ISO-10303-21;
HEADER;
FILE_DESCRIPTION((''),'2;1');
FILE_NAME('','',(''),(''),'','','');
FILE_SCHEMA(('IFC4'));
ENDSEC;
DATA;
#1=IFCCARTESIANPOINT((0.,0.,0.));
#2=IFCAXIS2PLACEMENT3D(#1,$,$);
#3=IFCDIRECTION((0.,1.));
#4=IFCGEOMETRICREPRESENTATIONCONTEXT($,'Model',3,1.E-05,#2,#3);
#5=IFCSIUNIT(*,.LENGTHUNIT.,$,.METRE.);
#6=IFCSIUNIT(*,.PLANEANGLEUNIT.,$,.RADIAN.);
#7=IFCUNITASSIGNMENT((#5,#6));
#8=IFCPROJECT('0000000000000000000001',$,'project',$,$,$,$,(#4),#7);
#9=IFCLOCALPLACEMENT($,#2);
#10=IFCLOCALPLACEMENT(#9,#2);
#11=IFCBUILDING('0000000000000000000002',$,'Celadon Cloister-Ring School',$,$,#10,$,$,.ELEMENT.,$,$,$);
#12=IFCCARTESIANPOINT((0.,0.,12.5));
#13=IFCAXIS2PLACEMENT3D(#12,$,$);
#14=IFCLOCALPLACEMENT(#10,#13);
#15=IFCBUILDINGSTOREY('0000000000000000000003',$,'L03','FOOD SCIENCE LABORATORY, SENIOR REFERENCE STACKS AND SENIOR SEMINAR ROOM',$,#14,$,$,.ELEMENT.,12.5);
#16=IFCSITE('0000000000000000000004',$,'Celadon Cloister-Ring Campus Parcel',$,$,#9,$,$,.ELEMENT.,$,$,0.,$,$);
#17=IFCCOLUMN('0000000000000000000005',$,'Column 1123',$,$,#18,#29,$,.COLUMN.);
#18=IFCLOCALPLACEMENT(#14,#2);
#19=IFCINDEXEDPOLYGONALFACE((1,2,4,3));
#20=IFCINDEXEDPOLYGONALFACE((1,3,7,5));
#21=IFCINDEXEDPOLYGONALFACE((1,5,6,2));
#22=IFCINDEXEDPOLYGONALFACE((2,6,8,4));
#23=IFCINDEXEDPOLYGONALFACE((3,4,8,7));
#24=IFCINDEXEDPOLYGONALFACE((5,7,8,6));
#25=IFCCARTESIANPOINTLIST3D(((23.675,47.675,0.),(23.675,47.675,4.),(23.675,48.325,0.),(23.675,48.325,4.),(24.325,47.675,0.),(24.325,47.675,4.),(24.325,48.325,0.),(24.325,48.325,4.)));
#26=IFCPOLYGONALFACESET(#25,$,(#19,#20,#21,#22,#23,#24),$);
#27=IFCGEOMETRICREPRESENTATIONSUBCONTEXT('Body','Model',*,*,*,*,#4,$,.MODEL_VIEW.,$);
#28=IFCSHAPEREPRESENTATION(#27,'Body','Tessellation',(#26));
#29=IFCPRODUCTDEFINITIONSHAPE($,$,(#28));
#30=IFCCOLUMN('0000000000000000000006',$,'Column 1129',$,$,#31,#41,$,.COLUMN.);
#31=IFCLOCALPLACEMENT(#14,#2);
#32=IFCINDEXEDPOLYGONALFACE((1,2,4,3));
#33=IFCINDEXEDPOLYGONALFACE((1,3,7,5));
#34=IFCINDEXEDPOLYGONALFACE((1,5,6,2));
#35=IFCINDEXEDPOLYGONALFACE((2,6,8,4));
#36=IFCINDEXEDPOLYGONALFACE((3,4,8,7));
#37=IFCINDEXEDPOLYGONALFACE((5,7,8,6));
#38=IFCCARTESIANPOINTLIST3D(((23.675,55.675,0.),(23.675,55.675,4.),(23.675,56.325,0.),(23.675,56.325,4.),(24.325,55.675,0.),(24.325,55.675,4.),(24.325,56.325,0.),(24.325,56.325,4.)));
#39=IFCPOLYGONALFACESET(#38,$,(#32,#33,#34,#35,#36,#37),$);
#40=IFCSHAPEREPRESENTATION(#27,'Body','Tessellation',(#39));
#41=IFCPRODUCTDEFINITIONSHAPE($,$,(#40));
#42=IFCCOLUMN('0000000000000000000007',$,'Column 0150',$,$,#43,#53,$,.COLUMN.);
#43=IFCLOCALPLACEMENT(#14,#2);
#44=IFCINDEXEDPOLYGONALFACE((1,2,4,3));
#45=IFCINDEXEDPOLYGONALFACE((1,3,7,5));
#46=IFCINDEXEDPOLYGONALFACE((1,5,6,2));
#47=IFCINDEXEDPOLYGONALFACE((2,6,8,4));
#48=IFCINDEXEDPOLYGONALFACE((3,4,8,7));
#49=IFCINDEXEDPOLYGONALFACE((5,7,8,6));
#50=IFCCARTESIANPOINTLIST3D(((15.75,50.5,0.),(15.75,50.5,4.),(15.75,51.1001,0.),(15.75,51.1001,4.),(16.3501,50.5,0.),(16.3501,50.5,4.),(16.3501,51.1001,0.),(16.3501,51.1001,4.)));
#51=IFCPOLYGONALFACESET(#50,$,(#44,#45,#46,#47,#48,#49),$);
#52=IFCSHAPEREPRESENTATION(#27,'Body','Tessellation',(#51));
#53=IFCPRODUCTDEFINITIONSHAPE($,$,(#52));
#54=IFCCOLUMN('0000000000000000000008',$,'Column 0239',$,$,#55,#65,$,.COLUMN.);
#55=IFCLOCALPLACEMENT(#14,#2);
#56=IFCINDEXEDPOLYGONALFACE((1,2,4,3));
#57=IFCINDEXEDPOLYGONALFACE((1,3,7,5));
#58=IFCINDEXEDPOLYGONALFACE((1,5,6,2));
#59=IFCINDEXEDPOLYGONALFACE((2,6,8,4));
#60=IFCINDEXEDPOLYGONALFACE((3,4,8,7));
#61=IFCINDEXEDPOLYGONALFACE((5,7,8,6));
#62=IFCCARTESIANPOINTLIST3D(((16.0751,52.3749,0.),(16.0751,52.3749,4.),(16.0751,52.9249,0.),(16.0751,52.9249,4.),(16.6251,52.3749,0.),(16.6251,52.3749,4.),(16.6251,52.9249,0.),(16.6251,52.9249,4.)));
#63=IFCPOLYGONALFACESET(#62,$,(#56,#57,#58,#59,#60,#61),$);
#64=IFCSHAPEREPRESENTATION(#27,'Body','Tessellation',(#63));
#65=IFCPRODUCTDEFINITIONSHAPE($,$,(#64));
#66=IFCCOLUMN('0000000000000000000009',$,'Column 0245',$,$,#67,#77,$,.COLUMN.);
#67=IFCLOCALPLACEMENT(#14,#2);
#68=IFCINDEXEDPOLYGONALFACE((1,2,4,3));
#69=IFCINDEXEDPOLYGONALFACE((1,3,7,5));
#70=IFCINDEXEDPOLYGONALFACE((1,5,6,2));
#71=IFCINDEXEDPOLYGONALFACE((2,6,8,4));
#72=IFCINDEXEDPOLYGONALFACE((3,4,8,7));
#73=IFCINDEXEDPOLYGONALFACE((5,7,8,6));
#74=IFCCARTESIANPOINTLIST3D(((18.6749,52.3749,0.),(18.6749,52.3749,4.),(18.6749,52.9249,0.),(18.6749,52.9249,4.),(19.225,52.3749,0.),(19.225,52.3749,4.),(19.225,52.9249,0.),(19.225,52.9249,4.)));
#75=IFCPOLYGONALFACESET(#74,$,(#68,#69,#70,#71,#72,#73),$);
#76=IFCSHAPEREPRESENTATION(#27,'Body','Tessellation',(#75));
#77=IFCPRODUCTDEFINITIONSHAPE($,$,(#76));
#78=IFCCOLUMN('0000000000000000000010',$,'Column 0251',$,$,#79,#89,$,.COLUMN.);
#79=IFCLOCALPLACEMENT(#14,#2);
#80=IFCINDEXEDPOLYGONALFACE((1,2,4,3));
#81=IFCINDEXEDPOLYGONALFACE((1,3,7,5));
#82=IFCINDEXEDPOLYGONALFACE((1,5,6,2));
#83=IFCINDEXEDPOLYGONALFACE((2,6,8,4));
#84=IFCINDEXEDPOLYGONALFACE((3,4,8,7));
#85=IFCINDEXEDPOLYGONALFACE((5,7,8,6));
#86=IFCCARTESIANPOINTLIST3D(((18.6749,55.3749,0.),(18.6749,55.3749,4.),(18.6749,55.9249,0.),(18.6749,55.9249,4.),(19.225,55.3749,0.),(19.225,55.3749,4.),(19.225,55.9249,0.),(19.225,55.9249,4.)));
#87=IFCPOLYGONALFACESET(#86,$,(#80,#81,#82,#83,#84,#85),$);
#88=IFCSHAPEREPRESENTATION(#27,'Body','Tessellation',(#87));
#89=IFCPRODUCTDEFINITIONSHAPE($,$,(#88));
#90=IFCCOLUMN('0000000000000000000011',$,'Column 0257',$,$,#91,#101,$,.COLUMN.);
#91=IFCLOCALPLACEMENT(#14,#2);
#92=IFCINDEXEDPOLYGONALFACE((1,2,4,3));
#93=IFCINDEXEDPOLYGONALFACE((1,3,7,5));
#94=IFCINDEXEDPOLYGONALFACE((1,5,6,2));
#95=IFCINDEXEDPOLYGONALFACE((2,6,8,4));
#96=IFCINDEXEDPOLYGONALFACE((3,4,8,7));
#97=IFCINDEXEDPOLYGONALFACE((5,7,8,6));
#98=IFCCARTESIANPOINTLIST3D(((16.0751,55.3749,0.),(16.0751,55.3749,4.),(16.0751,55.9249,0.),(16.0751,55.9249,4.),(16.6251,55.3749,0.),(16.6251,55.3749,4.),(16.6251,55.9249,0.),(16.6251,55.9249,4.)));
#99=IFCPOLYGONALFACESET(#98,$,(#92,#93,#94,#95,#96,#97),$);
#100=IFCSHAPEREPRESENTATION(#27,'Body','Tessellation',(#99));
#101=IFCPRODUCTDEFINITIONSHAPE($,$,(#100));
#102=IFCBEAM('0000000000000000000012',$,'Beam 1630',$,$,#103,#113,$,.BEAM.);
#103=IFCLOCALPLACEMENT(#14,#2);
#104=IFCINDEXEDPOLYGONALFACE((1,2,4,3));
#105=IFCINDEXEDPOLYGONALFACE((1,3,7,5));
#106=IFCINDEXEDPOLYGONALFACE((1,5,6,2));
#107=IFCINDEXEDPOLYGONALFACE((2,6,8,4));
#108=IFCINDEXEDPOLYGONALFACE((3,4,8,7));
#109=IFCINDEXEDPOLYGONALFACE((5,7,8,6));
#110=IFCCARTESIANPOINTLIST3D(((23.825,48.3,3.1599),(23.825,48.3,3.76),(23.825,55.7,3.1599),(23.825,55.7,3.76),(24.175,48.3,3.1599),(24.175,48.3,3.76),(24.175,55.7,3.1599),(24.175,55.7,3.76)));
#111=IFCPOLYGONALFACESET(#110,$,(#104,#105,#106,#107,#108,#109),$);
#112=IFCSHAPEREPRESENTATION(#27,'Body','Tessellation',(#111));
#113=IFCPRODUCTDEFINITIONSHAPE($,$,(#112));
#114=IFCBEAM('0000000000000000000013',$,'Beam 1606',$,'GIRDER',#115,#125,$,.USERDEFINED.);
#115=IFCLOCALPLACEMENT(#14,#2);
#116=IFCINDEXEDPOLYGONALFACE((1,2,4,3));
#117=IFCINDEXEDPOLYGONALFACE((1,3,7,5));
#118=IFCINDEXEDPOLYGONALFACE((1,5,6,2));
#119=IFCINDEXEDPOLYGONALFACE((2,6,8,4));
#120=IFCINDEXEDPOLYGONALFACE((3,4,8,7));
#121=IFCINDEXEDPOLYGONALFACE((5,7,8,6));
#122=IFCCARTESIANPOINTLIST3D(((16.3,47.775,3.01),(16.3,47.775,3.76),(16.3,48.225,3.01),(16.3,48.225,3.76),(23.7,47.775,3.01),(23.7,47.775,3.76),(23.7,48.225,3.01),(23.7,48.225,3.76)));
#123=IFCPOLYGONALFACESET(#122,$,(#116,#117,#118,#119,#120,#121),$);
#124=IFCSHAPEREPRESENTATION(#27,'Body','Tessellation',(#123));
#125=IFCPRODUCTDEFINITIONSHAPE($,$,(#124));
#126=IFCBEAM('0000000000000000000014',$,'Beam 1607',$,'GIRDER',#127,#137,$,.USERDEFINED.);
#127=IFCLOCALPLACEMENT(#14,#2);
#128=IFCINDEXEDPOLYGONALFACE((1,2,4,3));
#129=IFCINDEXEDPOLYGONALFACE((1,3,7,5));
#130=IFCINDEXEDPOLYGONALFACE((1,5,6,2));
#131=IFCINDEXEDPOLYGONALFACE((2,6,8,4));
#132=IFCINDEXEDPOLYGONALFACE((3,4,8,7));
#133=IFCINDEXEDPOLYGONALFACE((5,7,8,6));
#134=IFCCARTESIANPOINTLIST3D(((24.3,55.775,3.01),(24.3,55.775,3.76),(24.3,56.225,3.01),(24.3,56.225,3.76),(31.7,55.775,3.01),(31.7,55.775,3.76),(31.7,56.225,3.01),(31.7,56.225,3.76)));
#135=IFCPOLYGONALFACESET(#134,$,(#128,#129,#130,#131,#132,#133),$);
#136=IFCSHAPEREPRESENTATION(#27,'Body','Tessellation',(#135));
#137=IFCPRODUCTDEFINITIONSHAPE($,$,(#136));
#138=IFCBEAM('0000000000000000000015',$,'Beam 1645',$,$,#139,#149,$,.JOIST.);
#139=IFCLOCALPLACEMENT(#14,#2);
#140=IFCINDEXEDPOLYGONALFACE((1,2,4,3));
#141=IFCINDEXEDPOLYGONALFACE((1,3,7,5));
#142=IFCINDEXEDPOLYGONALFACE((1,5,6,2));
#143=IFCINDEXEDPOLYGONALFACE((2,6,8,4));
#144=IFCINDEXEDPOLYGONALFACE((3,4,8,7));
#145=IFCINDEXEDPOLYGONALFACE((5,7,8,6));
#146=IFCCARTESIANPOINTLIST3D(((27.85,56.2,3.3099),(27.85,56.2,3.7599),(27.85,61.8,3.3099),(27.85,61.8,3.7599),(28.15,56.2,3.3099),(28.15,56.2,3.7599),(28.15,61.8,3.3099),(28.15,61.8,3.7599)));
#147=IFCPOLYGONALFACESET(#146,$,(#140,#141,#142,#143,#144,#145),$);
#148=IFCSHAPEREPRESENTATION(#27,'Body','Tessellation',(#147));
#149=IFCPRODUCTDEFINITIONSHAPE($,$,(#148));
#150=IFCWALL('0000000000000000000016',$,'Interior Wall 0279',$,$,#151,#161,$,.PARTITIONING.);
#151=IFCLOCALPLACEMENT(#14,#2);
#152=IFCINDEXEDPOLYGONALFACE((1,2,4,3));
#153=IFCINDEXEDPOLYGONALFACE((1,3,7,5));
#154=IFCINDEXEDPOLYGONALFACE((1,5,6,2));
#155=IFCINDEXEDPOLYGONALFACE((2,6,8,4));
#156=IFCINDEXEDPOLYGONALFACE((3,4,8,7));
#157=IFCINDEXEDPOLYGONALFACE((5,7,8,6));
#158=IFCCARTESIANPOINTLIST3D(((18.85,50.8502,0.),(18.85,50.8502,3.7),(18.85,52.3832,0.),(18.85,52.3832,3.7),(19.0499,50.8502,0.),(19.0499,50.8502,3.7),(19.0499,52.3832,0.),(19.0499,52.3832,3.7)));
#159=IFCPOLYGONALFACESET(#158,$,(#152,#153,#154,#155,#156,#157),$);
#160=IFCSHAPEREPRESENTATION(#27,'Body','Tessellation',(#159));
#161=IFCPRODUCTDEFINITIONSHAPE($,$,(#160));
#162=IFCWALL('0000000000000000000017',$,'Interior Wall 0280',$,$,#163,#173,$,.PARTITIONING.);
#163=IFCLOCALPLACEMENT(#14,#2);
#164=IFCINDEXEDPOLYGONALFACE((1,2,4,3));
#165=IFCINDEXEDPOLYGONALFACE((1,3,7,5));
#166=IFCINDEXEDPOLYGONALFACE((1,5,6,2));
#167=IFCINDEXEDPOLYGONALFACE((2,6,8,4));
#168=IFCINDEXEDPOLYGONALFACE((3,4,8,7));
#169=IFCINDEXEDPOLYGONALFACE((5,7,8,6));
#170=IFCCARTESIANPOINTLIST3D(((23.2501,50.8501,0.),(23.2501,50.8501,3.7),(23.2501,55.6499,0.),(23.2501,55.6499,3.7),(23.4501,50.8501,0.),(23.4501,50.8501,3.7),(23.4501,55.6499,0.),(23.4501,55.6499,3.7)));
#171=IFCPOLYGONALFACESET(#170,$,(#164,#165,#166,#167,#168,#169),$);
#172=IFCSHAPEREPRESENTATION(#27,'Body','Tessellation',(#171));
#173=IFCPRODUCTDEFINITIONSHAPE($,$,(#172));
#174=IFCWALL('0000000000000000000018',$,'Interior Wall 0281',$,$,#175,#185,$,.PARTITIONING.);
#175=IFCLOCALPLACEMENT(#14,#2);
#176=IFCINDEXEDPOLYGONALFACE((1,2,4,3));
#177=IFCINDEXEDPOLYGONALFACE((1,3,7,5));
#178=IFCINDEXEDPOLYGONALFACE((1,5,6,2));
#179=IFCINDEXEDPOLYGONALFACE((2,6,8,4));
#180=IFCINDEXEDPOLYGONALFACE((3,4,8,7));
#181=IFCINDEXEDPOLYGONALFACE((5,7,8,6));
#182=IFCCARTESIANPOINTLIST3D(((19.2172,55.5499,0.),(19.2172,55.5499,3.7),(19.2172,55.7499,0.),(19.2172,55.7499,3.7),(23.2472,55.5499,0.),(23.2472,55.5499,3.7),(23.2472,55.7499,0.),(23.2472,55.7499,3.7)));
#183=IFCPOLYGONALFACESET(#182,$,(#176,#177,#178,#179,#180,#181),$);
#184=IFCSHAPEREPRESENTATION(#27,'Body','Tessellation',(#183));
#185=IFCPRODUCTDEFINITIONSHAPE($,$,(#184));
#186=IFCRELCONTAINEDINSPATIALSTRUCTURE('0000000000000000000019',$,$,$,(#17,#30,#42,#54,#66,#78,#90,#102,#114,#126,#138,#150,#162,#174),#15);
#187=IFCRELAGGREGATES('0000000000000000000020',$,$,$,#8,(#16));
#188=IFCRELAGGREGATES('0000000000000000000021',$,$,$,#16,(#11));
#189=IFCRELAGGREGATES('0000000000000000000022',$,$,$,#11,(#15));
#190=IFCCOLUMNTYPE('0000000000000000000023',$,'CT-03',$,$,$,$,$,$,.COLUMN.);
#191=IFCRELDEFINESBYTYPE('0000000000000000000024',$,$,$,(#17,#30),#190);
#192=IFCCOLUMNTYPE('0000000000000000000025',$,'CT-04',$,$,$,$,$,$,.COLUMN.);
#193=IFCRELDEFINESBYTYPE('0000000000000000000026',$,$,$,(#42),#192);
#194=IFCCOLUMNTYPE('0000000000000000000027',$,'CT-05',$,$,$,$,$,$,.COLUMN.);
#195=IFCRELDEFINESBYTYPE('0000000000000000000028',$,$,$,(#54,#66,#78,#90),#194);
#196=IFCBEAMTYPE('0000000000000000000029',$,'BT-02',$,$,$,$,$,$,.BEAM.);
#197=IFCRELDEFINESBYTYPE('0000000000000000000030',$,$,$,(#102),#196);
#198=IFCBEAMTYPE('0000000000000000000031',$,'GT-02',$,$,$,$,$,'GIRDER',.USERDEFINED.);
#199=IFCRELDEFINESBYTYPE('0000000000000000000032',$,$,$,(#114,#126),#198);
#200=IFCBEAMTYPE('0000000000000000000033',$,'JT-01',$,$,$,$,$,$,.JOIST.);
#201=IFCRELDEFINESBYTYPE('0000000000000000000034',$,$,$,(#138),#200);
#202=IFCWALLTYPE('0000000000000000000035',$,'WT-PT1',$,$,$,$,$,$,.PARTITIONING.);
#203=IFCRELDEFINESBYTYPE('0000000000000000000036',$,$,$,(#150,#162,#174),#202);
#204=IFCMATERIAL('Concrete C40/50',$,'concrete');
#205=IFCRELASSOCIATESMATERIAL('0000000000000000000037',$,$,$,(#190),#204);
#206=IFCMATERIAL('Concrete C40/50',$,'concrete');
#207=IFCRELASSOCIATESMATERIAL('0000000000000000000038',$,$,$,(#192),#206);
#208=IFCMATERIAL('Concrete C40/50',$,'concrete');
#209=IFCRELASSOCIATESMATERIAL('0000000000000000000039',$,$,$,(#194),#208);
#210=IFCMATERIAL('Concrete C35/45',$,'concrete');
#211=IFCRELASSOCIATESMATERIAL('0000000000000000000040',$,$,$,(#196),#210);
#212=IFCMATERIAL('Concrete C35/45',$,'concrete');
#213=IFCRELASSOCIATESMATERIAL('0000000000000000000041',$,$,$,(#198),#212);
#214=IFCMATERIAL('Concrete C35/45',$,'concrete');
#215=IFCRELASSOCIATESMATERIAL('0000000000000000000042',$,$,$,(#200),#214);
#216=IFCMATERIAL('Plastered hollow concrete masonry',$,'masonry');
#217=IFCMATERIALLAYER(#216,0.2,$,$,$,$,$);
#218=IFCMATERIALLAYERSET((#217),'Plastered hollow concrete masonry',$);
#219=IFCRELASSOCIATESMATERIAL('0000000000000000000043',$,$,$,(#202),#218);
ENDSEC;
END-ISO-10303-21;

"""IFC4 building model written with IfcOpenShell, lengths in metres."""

from ifc_helpers import new_model, si_unit, direction, frame, frame_2d, origin, origin_2d, place, context, subcontext, project, spatial, rectangle, extrude, material, layer, layer_set, material_profile, profile_set, type_object, element, save


model = new_model("IFC4")

# Units and contexts
model_context = context("Model", 3, precision=1e-05, world=origin(), true_north=direction((0.0, 1.0)))
body_context = subcontext(model_context, "Body", "Model", "MODEL_VIEW")
ifc_project = project(units=[si_unit("LENGTHUNIT", "METRE"), si_unit("PLANEANGLEUNIT", "RADIAN")], contexts=[model_context])

# Site, building, storey
site_placement = place(None, origin())
site = spatial("IfcSite", under=ifc_project, at=site_placement, Name="Celadon Cloister-Ring Campus Parcel", CompositionType="ELEMENT", RefElevation=0.0)
building_placement = place(site_placement, origin())
building = spatial("IfcBuilding", under=site, at=building_placement, Name="Celadon Cloister-Ring School", CompositionType="ELEMENT")
storey_placement = place(building_placement, frame((0.0, 0.0, 12.5)))
storey = spatial("IfcBuildingStorey", under=building, at=storey_placement, Name="L03", Description="FOOD SCIENCE LABORATORY, SENIOR REFERENCE STACKS AND SENIOR SEMINAR ROOM", CompositionType="ELEMENT", Elevation=12.5)

# Columns
ifc_material_1 = material(Name="Concrete C40/50", Category="concrete")
ifc_material_profile_1 = material_profile(ifc_material_1, rectangle(XDim=0.6499, YDim=0.6499, at=origin_2d()), Name="RC650X650")
ifc_profile_set_1 = profile_set([ifc_material_profile_1], Name="Concrete C40/50")
column_type_1 = type_object("IfcColumnType", Name="CT-03", PredefinedType="COLUMN", material=ifc_profile_set_1)
for number, where, z_axis, x_axis, name in (
    (1, (24.0, 48.0, 0.0), (0.0, 0.0, 1.0), (1.0, 0.0, 0.0), "Column 1123"),
    (2, (24.0, 56.0, 0.0), (0.0, 0.0, 1.0), (1.0, 0.0, 0.0), "Column 1129"),
):
    element("IfcColumn", number, at=place(storey_placement, frame(where, z_axis=z_axis, x_axis=x_axis)), inside=storey, type_object=column_type_1, Name=name, PredefinedType="COLUMN", context=body_context, shape_type="SweptSolid", body=[
        extrude(rectangle(XDim=0.6499, YDim=0.6499, at=origin_2d()), origin(), (0.0, 0.0, 1.0), 4.0),
    ])
ifc_material_2 = material(Name="Concrete C40/50", Category="concrete")
ifc_material_profile_2 = material_profile(ifc_material_2, rectangle(XDim=0.6001, YDim=0.6001, at=origin_2d()), Name="RC600X600")
ifc_profile_set_2 = profile_set([ifc_material_profile_2], Name="Concrete C40/50")
column_type_2 = type_object("IfcColumnType", Name="CT-04", PredefinedType="COLUMN", material=ifc_profile_set_2)
column_placement = place(storey_placement, frame((16.05, 50.8, 0.0), z_axis=(0.0, 0.0, 1.0), x_axis=(1.0, 0.0, 0.0)))
element("IfcColumn", 3, at=column_placement, inside=storey, type_object=column_type_2, Name="Column 0150", PredefinedType="COLUMN", context=body_context, shape_type="SweptSolid", body=[
    extrude(rectangle(XDim=0.6001, YDim=0.6001, at=origin_2d()), origin(), (0.0, 0.0, 1.0), 4.0),
])
ifc_material_3 = material(Name="Concrete C40/50", Category="concrete")
ifc_material_profile_3 = material_profile(ifc_material_3, rectangle(XDim=0.55, YDim=0.55, at=origin_2d()), Name="RC550X550")
ifc_profile_set_3 = profile_set([ifc_material_profile_3], Name="Concrete C40/50")
column_type_3 = type_object("IfcColumnType", Name="CT-05", PredefinedType="COLUMN", material=ifc_profile_set_3)
for number, where, z_axis, x_axis, name in (
    (4, (16.3501, 52.6499, 0.0), (0.0, 0.0, 1.0), (1.0, 0.0, 0.0), "Column 0239"),
    (5, (18.95, 52.6499, 0.0), (0.0, 0.0, 1.0), (1.0, 0.0, 0.0), "Column 0245"),
    (6, (18.95, 55.6499, 0.0), (0.0, 0.0, 1.0), (1.0, 0.0, 0.0), "Column 0251"),
    (7, (16.3501, 55.6499, 0.0), (0.0, 0.0, 1.0), (1.0, 0.0, 0.0), "Column 0257"),
):
    element("IfcColumn", number, at=place(storey_placement, frame(where, z_axis=z_axis, x_axis=x_axis)), inside=storey, type_object=column_type_3, Name=name, PredefinedType="COLUMN", context=body_context, shape_type="SweptSolid", body=[
        extrude(rectangle(XDim=0.55, YDim=0.55, at=origin_2d()), origin(), (0.0, 0.0, 1.0), 4.0),
    ])

# Beams
ifc_material_4 = material(Name="Concrete C35/45", Category="concrete")
ifc_material_profile_4 = material_profile(ifc_material_4, rectangle(XDim=0.3501, YDim=0.6001, at=origin_2d()), Name="RC350X600")
ifc_profile_set_4 = profile_set([ifc_material_profile_4], Name="Concrete C35/45")
beam_type_1 = type_object("IfcBeamType", Name="BT-02", PredefinedType="BEAM", material=ifc_profile_set_4)
beam_1_placement = place(storey_placement, frame((24.0, 48.3, 3.46), z_axis=(0.0, 1.0, 0.0), x_axis=(-1.0, 0.0, 0.0)))
element("IfcBeam", 8, at=beam_1_placement, inside=storey, type_object=beam_type_1, Name="Beam 1630", PredefinedType="BEAM", context=body_context, shape_type="SweptSolid", body=[
    extrude(rectangle(XDim=0.3501, YDim=0.6001, at=origin_2d()), origin(), (0.0, 0.0, 1.0), 7.3999),
])
ifc_material_5 = material(Name="Concrete C35/45", Category="concrete")
ifc_material_profile_5 = material_profile(ifc_material_5, rectangle(XDim=0.45, YDim=0.75, at=origin_2d()), Name="RC450X750")
ifc_profile_set_5 = profile_set([ifc_material_profile_5], Name="Concrete C35/45")
beam_type_2 = type_object("IfcBeamType", Name="GT-02", ElementType="GIRDER", PredefinedType="USERDEFINED", material=ifc_profile_set_5)
for number, where, z_axis, x_axis, name in (
    (9, (16.3, 48.0, 3.385), (1.0, 0.0, 0.0), (0.0, 1.0, 0.0), "Beam 1606"),
    (10, (24.3, 56.0, 3.385), (1.0, 0.0, 0.0), (0.0, 1.0, 0.0), "Beam 1607"),
):
    element("IfcBeam", number, at=place(storey_placement, frame(where, z_axis=z_axis, x_axis=x_axis)), inside=storey, type_object=beam_type_2, Name=name, ObjectType="GIRDER", PredefinedType="USERDEFINED", context=body_context, shape_type="SweptSolid", body=[
        extrude(rectangle(XDim=0.45, YDim=0.75, at=origin_2d()), origin(), (0.0, 0.0, 1.0), 7.3999),
    ])
ifc_material_6 = material(Name="Concrete C35/45", Category="concrete")
ifc_material_profile_6 = material_profile(ifc_material_6, rectangle(XDim=0.3, YDim=0.45, at=origin_2d()), Name="RC300X450")
ifc_profile_set_6 = profile_set([ifc_material_profile_6], Name="Concrete C35/45")
beam_type_3 = type_object("IfcBeamType", Name="JT-01", PredefinedType="JOIST", material=ifc_profile_set_6)
beam_2_placement = place(storey_placement, frame((28.0, 56.2, 3.5349), z_axis=(0.0, 1.0, 0.0), x_axis=(-1.0, 0.0, 0.0)))
element("IfcBeam", 11, at=beam_2_placement, inside=storey, type_object=beam_type_3, Name="Beam 1645", PredefinedType="JOIST", context=body_context, shape_type="SweptSolid", body=[
    extrude(rectangle(XDim=0.3, YDim=0.45, at=origin_2d()), origin(), (0.0, 0.0, 1.0), 5.6001),
])

# Walls
ifc_material_7 = material(Name="Plastered hollow concrete masonry", Category="masonry")
ifc_layer_1 = layer(ifc_material_7, 0.2)
ifc_layer_set_1 = layer_set([ifc_layer_1], Name="Plastered hollow concrete masonry")
wall_type_1 = type_object("IfcWallType", Name="WT-PT1", PredefinedType="PARTITIONING", material=ifc_layer_set_1)
wall_1_placement = place(storey_placement, frame((18.95, 50.8501, 0.0), z_axis=(0.0, 0.0, 1.0), x_axis=(0.0, 1.0, 0.0)))
element("IfcWall", 12, at=wall_1_placement, inside=storey, type_object=wall_type_1, Name="Interior Wall 0279", PredefinedType="PARTITIONING", context=body_context, shape_type="SweptSolid", body=[
    extrude(rectangle(XDim=1.533, YDim=0.2, at=frame_2d((0.7666, 0.0))), origin(), (0.0, 0.0, 1.0), 3.7),
])
wall_2_placement = place(storey_placement, frame((23.3501, 50.8501, 0.0), z_axis=(0.0, 0.0, 1.0), x_axis=(0.0, 1.0, 0.0)))
element("IfcWall", 13, at=wall_2_placement, inside=storey, type_object=wall_type_1, Name="Interior Wall 0280", PredefinedType="PARTITIONING", context=body_context, shape_type="SweptSolid", body=[
    extrude(rectangle(XDim=4.7998, YDim=0.2, at=frame_2d((2.3999, 0.0))), origin(), (0.0, 0.0, 1.0), 3.7),
])
wall_3_placement = place(storey_placement, frame((19.217, 55.6499, 0.0), z_axis=(0.0, 0.0, 1.0), x_axis=(1.0, 0.0, 0.0)))
element("IfcWall", 14, at=wall_3_placement, inside=storey, type_object=wall_type_1, Name="Interior Wall 0281", PredefinedType="PARTITIONING", context=body_context, shape_type="SweptSolid", body=[
    extrude(rectangle(XDim=4.03, YDim=0.2, at=frame_2d((2.0151, 0.0))), origin(), (0.0, 0.0, 1.0), 3.7),
])

save(model, "model.ifc")
